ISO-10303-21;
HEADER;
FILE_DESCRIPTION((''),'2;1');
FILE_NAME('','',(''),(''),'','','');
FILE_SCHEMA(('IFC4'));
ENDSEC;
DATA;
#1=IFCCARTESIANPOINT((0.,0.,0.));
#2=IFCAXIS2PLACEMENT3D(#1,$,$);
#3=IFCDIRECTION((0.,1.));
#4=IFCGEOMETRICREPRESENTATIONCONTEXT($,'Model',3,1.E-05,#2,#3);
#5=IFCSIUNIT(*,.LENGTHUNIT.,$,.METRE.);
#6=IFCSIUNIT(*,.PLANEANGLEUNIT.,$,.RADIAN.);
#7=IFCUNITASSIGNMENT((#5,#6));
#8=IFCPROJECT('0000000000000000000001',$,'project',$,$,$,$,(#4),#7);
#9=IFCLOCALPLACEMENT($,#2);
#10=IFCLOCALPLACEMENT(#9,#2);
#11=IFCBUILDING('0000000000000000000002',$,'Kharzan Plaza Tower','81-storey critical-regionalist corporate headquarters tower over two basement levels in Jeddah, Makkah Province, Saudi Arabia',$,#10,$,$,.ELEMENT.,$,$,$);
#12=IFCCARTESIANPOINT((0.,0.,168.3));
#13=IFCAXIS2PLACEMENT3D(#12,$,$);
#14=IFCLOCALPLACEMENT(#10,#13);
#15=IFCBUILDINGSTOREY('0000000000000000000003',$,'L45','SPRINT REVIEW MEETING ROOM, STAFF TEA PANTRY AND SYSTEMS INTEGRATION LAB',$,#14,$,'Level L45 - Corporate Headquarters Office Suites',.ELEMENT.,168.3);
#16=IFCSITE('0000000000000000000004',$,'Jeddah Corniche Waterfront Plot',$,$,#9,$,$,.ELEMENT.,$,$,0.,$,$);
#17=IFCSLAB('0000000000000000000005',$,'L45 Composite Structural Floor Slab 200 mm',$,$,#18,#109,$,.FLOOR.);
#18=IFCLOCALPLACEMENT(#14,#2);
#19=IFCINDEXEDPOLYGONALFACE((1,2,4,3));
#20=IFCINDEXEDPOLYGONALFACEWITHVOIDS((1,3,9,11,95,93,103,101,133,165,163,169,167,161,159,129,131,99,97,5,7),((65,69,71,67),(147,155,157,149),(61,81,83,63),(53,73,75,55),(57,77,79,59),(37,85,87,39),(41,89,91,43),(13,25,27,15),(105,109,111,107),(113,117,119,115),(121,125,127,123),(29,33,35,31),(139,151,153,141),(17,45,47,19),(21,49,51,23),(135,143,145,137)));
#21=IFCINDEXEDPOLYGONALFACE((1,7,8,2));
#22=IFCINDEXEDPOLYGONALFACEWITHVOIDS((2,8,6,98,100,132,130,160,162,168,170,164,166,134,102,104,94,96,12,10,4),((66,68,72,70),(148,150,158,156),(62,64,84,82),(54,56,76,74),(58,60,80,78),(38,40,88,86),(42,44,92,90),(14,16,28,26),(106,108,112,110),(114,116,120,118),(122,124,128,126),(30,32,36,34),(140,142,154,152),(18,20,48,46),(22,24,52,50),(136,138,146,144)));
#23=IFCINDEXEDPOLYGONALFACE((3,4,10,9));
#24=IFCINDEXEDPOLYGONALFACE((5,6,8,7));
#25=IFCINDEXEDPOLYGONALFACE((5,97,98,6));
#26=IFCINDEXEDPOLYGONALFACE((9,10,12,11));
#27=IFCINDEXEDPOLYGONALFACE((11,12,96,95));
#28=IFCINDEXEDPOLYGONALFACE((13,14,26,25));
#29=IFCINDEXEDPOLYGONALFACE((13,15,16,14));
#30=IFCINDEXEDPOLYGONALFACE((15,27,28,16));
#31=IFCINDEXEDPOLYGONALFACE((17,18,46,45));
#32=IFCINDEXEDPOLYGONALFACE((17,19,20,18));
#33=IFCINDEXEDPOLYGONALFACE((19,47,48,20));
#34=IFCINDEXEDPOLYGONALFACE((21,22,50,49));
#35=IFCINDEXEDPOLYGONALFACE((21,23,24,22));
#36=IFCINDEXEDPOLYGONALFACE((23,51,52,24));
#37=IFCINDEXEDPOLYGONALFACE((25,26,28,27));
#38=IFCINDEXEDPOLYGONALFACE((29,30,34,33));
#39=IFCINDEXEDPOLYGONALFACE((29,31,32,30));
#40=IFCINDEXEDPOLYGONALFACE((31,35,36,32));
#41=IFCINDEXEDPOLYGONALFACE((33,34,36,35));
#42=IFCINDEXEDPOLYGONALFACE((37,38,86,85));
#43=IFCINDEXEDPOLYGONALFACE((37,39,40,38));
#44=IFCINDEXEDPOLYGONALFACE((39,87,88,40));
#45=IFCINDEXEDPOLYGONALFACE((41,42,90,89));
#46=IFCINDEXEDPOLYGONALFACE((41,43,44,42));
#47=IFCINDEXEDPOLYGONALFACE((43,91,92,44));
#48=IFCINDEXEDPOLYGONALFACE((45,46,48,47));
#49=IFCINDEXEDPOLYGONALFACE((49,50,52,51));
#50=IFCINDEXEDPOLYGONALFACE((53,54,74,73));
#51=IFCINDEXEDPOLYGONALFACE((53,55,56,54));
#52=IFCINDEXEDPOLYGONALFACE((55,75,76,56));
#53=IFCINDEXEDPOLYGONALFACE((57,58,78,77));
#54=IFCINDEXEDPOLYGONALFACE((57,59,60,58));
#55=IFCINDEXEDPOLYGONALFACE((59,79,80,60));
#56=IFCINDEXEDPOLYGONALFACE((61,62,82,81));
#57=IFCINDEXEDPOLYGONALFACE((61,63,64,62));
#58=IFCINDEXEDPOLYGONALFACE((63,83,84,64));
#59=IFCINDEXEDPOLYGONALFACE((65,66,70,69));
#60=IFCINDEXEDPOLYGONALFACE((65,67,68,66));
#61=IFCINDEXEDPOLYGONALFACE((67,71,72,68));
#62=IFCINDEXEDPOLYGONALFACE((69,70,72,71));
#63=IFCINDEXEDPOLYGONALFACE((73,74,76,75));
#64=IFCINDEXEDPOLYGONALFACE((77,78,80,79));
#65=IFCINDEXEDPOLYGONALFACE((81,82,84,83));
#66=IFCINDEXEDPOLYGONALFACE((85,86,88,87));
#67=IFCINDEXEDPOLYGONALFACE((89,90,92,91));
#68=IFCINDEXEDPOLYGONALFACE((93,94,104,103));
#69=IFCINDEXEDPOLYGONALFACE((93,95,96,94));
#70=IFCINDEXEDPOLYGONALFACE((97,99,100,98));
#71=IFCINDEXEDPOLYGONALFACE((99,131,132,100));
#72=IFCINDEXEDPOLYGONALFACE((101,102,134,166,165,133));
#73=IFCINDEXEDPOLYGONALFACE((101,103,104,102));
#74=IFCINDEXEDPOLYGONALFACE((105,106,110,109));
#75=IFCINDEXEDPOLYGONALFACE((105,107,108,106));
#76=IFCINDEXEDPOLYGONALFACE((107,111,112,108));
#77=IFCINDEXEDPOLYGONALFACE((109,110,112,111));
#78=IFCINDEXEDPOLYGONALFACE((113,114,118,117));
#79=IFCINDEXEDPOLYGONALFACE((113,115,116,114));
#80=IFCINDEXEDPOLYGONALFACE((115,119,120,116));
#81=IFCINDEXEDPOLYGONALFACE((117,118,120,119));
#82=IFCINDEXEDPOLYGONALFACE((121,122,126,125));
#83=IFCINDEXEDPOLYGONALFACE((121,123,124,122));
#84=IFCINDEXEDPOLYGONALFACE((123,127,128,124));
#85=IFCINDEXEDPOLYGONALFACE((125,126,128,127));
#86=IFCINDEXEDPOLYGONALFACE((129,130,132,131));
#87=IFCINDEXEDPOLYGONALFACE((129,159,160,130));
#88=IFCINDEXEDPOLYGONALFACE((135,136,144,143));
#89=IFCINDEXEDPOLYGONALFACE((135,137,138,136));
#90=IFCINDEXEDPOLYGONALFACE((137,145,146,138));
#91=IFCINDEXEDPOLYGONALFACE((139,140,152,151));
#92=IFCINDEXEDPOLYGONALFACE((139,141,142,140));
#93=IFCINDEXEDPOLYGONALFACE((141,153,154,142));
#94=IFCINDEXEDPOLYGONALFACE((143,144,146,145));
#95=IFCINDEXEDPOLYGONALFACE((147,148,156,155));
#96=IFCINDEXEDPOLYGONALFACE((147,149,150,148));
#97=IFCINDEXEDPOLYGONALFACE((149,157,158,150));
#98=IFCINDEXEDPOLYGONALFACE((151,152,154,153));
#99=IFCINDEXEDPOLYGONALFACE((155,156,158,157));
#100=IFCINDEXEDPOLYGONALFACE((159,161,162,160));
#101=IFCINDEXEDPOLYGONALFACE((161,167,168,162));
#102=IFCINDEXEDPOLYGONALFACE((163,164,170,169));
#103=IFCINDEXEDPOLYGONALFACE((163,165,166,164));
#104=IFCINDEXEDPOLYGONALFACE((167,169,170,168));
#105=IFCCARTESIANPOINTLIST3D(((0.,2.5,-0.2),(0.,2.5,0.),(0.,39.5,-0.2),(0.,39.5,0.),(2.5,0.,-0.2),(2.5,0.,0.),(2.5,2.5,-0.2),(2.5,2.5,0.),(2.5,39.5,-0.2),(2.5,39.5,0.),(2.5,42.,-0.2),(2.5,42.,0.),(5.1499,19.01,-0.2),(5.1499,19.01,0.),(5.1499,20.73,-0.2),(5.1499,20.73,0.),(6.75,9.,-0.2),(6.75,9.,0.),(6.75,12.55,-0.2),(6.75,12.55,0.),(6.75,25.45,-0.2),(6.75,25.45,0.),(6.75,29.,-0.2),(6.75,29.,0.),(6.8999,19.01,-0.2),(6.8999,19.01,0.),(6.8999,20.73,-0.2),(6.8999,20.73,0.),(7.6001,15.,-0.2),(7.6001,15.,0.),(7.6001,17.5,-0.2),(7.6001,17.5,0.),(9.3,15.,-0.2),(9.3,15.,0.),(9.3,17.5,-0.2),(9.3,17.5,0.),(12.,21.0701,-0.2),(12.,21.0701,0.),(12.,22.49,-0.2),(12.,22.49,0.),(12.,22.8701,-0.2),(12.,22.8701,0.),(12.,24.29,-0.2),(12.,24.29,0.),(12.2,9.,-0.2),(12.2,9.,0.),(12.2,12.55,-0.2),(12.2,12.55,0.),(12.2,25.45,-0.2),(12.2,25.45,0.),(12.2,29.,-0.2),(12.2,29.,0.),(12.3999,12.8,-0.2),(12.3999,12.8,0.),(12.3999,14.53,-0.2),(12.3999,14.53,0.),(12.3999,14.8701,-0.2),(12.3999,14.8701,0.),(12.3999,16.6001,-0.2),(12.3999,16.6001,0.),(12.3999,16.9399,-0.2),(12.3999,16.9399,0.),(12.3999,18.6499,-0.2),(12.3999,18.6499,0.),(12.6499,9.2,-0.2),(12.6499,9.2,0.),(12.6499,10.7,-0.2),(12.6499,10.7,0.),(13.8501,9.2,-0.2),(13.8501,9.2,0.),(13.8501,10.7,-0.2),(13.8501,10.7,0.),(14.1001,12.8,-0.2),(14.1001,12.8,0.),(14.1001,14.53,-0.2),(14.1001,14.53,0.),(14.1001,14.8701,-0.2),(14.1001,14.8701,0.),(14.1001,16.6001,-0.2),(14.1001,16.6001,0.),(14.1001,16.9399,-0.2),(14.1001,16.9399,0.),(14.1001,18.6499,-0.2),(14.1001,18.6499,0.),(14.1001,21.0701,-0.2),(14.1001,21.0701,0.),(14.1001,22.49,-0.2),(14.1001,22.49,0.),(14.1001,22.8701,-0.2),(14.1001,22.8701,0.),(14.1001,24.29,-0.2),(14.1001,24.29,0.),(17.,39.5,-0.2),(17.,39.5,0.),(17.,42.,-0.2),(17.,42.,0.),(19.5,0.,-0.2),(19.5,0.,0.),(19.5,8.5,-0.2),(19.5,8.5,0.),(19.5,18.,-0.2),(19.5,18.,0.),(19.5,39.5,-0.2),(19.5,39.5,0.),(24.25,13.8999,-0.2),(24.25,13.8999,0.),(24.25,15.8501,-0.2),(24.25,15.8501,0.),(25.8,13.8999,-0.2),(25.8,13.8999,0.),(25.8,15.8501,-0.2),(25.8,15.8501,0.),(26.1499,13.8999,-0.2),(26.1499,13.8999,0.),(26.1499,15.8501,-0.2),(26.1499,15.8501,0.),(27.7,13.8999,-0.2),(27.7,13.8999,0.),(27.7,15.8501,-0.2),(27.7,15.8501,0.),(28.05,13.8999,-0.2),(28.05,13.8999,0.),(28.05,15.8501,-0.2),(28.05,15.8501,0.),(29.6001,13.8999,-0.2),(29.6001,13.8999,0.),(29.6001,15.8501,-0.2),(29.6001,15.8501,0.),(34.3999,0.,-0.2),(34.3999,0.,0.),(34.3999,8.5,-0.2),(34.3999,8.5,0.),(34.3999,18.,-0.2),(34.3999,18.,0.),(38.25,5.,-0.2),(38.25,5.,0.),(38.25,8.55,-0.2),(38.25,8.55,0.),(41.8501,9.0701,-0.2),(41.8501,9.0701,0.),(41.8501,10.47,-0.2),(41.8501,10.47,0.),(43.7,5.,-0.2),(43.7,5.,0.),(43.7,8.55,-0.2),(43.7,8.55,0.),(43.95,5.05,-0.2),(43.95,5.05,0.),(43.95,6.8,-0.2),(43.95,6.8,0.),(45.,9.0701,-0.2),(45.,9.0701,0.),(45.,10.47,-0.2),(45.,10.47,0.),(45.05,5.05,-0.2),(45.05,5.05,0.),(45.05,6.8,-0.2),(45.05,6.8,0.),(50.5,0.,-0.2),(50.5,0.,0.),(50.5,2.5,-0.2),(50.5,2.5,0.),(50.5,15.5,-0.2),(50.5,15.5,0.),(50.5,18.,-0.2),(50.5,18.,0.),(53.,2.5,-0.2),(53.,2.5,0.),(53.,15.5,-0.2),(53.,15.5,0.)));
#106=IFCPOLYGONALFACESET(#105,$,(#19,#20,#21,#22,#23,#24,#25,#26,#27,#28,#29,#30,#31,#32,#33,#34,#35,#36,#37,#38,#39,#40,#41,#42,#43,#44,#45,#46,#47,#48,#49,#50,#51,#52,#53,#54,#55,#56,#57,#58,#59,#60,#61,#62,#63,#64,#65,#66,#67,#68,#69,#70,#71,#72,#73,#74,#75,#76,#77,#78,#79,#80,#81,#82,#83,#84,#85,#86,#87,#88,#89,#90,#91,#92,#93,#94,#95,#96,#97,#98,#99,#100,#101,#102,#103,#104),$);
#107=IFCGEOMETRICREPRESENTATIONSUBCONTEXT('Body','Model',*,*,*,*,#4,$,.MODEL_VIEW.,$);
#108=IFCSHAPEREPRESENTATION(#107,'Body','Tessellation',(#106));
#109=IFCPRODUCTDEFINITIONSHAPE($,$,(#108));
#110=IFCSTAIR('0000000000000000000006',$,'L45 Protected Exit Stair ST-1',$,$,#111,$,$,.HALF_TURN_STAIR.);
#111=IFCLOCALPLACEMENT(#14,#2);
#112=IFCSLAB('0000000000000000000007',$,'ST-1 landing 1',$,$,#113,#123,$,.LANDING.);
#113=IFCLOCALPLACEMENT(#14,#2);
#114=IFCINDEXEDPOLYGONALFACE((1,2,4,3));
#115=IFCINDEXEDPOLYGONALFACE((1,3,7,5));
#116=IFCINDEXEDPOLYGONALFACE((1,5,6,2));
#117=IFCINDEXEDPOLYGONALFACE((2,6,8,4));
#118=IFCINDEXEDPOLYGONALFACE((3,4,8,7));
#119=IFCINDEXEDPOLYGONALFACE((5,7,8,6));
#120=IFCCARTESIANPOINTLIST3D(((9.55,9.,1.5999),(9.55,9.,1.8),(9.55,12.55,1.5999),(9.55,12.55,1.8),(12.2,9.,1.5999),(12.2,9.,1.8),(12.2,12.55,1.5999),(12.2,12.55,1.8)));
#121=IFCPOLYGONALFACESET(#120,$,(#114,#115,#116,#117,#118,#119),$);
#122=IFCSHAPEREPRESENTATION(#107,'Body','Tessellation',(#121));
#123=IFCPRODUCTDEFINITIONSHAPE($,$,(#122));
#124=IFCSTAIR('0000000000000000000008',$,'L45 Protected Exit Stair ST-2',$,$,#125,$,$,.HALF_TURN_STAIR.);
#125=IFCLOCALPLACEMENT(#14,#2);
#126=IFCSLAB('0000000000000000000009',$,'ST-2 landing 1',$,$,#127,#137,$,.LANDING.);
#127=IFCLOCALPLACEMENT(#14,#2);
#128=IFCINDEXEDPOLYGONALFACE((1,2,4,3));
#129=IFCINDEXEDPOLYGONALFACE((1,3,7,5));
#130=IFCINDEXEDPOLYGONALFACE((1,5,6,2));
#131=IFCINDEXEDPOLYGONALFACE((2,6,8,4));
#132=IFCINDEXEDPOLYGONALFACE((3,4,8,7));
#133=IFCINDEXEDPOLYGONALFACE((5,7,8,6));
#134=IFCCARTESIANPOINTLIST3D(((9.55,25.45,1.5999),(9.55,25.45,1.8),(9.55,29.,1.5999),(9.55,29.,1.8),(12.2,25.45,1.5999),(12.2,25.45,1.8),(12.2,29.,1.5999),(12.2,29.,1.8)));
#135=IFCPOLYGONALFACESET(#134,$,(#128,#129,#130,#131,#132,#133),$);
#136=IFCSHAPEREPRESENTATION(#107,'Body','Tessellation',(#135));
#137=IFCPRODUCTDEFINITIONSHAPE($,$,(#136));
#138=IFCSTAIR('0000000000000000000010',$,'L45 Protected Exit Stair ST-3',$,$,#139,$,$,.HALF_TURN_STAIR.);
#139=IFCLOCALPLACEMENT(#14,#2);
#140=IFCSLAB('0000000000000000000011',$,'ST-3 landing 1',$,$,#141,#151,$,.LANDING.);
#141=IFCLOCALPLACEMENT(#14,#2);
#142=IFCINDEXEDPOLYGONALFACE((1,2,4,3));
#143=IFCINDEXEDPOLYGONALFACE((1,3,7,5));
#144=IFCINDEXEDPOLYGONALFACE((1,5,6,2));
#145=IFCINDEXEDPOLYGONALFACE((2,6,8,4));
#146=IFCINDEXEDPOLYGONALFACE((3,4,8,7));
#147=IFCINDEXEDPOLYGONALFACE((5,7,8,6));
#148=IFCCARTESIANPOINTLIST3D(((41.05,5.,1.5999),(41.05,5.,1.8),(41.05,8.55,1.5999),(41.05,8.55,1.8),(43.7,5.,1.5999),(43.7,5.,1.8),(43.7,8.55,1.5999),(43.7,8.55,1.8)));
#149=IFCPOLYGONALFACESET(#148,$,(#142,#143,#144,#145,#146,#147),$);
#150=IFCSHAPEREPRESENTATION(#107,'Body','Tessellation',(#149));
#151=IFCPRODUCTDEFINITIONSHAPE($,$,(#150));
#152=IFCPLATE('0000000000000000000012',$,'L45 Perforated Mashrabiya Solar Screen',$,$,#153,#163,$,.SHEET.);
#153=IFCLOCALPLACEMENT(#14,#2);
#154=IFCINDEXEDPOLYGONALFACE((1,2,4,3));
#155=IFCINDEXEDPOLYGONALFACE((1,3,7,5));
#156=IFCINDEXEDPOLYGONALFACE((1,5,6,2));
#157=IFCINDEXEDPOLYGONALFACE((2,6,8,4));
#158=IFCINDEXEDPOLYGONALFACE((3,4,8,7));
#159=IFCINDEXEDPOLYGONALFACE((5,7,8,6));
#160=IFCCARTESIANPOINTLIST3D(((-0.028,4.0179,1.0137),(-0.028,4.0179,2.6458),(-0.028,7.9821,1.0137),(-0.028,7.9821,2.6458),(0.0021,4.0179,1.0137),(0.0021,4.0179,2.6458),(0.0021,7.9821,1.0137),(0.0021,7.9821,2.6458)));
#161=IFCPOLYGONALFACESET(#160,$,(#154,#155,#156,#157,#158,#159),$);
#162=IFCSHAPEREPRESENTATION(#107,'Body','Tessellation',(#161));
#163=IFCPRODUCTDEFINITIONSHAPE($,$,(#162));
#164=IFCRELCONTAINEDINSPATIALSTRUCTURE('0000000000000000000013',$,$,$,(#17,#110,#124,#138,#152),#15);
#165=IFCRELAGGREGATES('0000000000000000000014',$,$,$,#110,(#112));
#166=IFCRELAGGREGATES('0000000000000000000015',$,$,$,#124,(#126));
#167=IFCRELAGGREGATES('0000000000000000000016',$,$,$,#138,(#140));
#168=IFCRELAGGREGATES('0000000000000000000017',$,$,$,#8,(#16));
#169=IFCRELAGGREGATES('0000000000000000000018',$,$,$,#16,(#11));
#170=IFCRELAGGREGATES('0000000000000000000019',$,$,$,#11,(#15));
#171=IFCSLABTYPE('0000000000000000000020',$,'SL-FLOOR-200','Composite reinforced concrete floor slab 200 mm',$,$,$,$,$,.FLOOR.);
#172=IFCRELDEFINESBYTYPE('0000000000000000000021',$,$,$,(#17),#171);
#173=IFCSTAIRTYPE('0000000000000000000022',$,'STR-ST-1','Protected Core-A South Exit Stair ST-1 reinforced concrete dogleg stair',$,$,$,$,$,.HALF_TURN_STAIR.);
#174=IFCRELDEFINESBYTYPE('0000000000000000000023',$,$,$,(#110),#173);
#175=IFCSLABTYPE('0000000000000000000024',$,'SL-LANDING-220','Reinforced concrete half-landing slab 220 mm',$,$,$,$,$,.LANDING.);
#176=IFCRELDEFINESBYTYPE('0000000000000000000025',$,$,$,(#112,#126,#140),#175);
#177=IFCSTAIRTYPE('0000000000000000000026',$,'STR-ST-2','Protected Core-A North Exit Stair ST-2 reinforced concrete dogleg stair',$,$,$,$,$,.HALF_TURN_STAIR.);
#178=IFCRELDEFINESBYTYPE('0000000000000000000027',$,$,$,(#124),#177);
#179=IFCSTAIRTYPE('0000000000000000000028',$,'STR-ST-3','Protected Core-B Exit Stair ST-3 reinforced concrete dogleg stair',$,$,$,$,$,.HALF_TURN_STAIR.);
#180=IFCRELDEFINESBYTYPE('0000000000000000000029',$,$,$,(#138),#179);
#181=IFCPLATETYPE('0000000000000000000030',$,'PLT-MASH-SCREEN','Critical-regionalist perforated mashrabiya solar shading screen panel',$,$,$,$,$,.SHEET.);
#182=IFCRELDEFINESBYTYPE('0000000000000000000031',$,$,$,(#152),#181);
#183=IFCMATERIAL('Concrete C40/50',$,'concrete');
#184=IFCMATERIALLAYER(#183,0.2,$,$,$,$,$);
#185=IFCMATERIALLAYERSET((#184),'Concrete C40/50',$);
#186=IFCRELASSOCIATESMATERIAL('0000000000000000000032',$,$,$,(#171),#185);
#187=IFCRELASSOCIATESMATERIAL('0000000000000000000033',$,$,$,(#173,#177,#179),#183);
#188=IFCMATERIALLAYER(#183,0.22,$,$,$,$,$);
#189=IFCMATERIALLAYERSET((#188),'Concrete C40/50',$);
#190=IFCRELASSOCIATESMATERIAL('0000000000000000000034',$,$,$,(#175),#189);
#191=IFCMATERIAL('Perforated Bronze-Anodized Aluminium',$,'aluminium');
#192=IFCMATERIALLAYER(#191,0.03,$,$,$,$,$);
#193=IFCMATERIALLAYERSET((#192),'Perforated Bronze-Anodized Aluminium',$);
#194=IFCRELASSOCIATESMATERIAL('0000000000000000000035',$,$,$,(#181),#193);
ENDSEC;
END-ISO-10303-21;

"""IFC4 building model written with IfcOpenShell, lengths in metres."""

from ifc_helpers import new_model, si_unit, direction, frame, origin, origin_2d, place, context, subcontext, project, spatial, polyline, rectangle, outline, extrude, source, transform, mapped, material, layer, layer_set, type_object, element, aggregate, save


model = new_model("IFC4")

# Units and contexts
model_context = context("Model", 3, precision=1e-05, world=origin(), true_north=direction((0.0, 1.0)))
body_context = subcontext(model_context, "Body", "Model", "MODEL_VIEW")
ifc_project = project(units=[si_unit("LENGTHUNIT", "METRE"), si_unit("PLANEANGLEUNIT", "RADIAN")], contexts=[model_context])

# Site, building, storey
site_placement = place(None, origin())
site = spatial("IfcSite", under=ifc_project, at=site_placement, Name="Jeddah Corniche Waterfront Plot", CompositionType="ELEMENT", RefElevation=0.0)
building_placement = place(site_placement, origin())
building = spatial("IfcBuilding", under=site, at=building_placement, Name="Kharzan Plaza Tower", Description="81-storey critical-regionalist corporate headquarters tower over two basement levels in Jeddah, Makkah Province, Saudi Arabia", CompositionType="ELEMENT")
storey_placement = place(building_placement, frame((0.0, 0.0, 168.3)))
storey = spatial("IfcBuildingStorey", under=building, at=storey_placement, Name="L45", Description="SPRINT REVIEW MEETING ROOM, STAFF TEA PANTRY AND SYSTEMS INTEGRATION LAB", LongName="Level L45 - Corporate Headquarters Office Suites", CompositionType="ELEMENT", Elevation=168.3)

# Slab
ifc_material_1 = material(Name="Concrete C40/50", Category="concrete")
ifc_layer_1 = layer(ifc_material_1, 0.2)
ifc_layer_set_1 = layer_set([ifc_layer_1], Name="Concrete C40/50")
slab_type_1 = type_object("IfcSlabType", Name="SL-FLOOR-200", Description="Composite reinforced concrete floor slab 200 mm", PredefinedType="FLOOR", material=ifc_layer_set_1)
slab_1_placement = place(storey_placement, frame((0.0, 0.0, -0.2)))
element("IfcSlab", 1, at=slab_1_placement, inside=storey, type_object=slab_type_1, Name="L45 Composite Structural Floor Slab 200 mm", PredefinedType="FLOOR", context=body_context, shape_type="SweptSolid", body=[
    extrude(outline(polyline([(34.3999, 18.0), (19.5, 18.0), (19.5, 39.5), (17.0, 39.5), (17.0, 42.0), (2.5, 42.0), (2.5, 39.5), (0.0, 39.5), (0.0, 2.5), (2.5, 2.5), (2.5, 0.0), (19.5, 0.0), (19.5, 8.5), (34.3999, 8.5), (34.3999, 0.0), (50.5, 0.0), (50.5, 2.5), (53.0, 2.5), (53.0, 15.5), (50.5, 15.5), (50.5, 18.0), (34.3999, 18.0)]), holes=[polyline([(12.2, 9.0), (12.2, 12.55), (6.75, 12.55), (6.75, 9.0), (12.2, 9.0)]), polyline([(14.1001, 12.8), (14.1001, 14.53), (12.3999, 14.53), (12.3999, 12.8), (14.1001, 12.8)]), polyline([(14.1001, 14.8701), (14.1001, 16.6001), (12.3999, 16.6001), (12.3999, 14.8701), (14.1001, 14.8701)]), polyline([(9.3, 15.0), (9.3, 17.5), (7.6001, 17.5), (7.6001, 15.0), (9.3, 15.0)]), polyline([(6.8999, 19.01), (6.8999, 20.73), (5.1499, 20.73), (5.1499, 19.01), (6.8999, 19.01)]), polyline([(14.1001, 21.0701), (14.1001, 22.49), (12.0, 22.49), (12.0, 21.0701), (14.1001, 21.0701)]), polyline([(14.1001, 22.8701), (14.1001, 24.29), (12.0, 24.29), (12.0, 22.8701), (14.1001, 22.8701)]), polyline([(12.2, 25.45), (12.2, 29.0), (6.75, 29.0), (6.75, 25.45), (12.2, 25.45)]), polyline([(45.05, 5.05), (45.05, 6.8), (43.95, 6.8), (43.95, 5.05), (45.05, 5.05)]), polyline([(43.7, 5.0), (43.7, 8.55), (38.25, 8.55), (38.25, 5.0), (43.7, 5.0)]), polyline([(45.0, 9.0701), (45.0, 10.47), (41.8501, 10.47), (41.8501, 9.0701), (45.0, 9.0701)]), polyline([(13.8501, 9.2), (13.8501, 10.7), (12.6499, 10.7), (12.6499, 9.2), (13.8501, 9.2)]), polyline([(25.8, 13.8999), (25.8, 15.8501), (24.25, 15.8501), (24.25, 13.8999), (25.8, 13.8999)]), polyline([(27.7, 13.8999), (27.7, 15.8501), (26.1499, 15.8501), (26.1499, 13.8999), (27.7, 13.8999)]), polyline([(29.6001, 13.8999), (29.6001, 15.8501), (28.05, 15.8501), (28.05, 13.8999), (29.6001, 13.8999)]), polyline([(14.1001, 16.9399), (14.1001, 18.6499), (12.3999, 18.6499), (12.3999, 16.9399), (14.1001, 16.9399)])]), origin(), (0.0, 0.0, 1.0), 0.2),
])

# Stairs, slabs
stair_type_1 = type_object("IfcStairType", Name="STR-ST-1", Description="Protected Core-A South Exit Stair ST-1 reinforced concrete dogleg stair", PredefinedType="HALF_TURN_STAIR", material=ifc_material_1)
stair_1_placement = place(storey_placement, origin())
stair_1 = element("IfcStair", 2, at=stair_1_placement, inside=storey, type_object=stair_type_1, Name="L45 Protected Exit Stair ST-1", PredefinedType="HALF_TURN_STAIR")
ifc_layer_2 = layer(ifc_material_1, 0.22)
ifc_layer_set_2 = layer_set([ifc_layer_2], Name="Concrete C40/50")
slab_type_2 = type_object("IfcSlabType", Name="SL-LANDING-220", Description="Reinforced concrete half-landing slab 220 mm", PredefinedType="LANDING", material=ifc_layer_set_2)
slab_2_placement = place(storey_placement, frame((0.0, 0.0, 1.5999)))
slab_2 = element("IfcSlab", 3, at=slab_2_placement, type_object=slab_type_2, Name="ST-1 landing 1", PredefinedType="LANDING", context=body_context, shape_type="SweptSolid", body=[
    extrude(outline(polyline([(9.55, 9.0), (12.2, 9.0), (12.2, 12.55), (9.55, 12.55), (9.55, 9.0)])), origin(), (0.0, 0.0, 1.0), 0.2002),
])
aggregate(stair_1, [slab_2])
stair_type_2 = type_object("IfcStairType", Name="STR-ST-2", Description="Protected Core-A North Exit Stair ST-2 reinforced concrete dogleg stair", PredefinedType="HALF_TURN_STAIR", material=ifc_material_1)
stair_2_placement = place(storey_placement, origin())
stair_2 = element("IfcStair", 4, at=stair_2_placement, inside=storey, type_object=stair_type_2, Name="L45 Protected Exit Stair ST-2", PredefinedType="HALF_TURN_STAIR")
slab_3_placement = place(storey_placement, frame((0.0, 0.0, 1.5999)))
slab_3 = element("IfcSlab", 5, at=slab_3_placement, type_object=slab_type_2, Name="ST-2 landing 1", PredefinedType="LANDING", context=body_context, shape_type="SweptSolid", body=[
    extrude(outline(polyline([(9.55, 25.45), (12.2, 25.45), (12.2, 29.0), (9.55, 29.0), (9.55, 25.45)])), origin(), (0.0, 0.0, 1.0), 0.2002),
])
aggregate(stair_2, [slab_3])
stair_type_3 = type_object("IfcStairType", Name="STR-ST-3", Description="Protected Core-B Exit Stair ST-3 reinforced concrete dogleg stair", PredefinedType="HALF_TURN_STAIR", material=ifc_material_1)
stair_3_placement = place(storey_placement, origin())
stair_3 = element("IfcStair", 6, at=stair_3_placement, inside=storey, type_object=stair_type_3, Name="L45 Protected Exit Stair ST-3", PredefinedType="HALF_TURN_STAIR")
slab_4_placement = place(storey_placement, frame((0.0, 0.0, 1.5999)))
slab_4 = element("IfcSlab", 7, at=slab_4_placement, type_object=slab_type_2, Name="ST-3 landing 1", PredefinedType="LANDING", context=body_context, shape_type="SweptSolid", body=[
    extrude(outline(polyline([(41.05, 5.0), (43.7, 5.0), (43.7, 8.55), (41.05, 8.55), (41.05, 5.0)])), origin(), (0.0, 0.0, 1.0), 0.2002),
])
aggregate(stair_3, [slab_4])

# Plate
ifc_material_2 = material(Name="Perforated Bronze-Anodized Aluminium", Category="aluminium")
ifc_layer_3 = layer(ifc_material_2, 0.03)
ifc_layer_set_3 = layer_set([ifc_layer_3], Name="Perforated Bronze-Anodized Aluminium")
plate_type = type_object("IfcPlateType", Name="PLT-MASH-SCREEN", Description="Critical-regionalist perforated mashrabiya solar shading screen panel", PredefinedType="SHEET", material=ifc_layer_set_3)
shared_shape_1 = source(origin(), body_context, "Body", "SweptSolid", [
    extrude(rectangle(XDim=3.9641, YDim=0.03, at=origin_2d()), origin(), (0.0, 0.0, 1.0), 1.6321),
])
plate_placement = place(storey_placement, frame((-0.0129, 6.0, 1.0137), z_axis=(0.0, 0.0, 1.0), x_axis=(0.0, -1.0, 0.0)))
element("IfcPlate", 8, at=plate_placement, inside=storey, type_object=plate_type, Name="L45 Perforated Mashrabiya Solar Screen", PredefinedType="SHEET", context=body_context, shape_type="MappedRepresentation", body=[
    mapped(shared_shape_1, transform((0.0, 0.0, 0.0), x_axis=(1.0, 0.0, 0.0), y_axis=(0.0, 1.0, 0.0), z_axis=(0.0, 0.0, 1.0))),
])

save(model, "model.ifc")
